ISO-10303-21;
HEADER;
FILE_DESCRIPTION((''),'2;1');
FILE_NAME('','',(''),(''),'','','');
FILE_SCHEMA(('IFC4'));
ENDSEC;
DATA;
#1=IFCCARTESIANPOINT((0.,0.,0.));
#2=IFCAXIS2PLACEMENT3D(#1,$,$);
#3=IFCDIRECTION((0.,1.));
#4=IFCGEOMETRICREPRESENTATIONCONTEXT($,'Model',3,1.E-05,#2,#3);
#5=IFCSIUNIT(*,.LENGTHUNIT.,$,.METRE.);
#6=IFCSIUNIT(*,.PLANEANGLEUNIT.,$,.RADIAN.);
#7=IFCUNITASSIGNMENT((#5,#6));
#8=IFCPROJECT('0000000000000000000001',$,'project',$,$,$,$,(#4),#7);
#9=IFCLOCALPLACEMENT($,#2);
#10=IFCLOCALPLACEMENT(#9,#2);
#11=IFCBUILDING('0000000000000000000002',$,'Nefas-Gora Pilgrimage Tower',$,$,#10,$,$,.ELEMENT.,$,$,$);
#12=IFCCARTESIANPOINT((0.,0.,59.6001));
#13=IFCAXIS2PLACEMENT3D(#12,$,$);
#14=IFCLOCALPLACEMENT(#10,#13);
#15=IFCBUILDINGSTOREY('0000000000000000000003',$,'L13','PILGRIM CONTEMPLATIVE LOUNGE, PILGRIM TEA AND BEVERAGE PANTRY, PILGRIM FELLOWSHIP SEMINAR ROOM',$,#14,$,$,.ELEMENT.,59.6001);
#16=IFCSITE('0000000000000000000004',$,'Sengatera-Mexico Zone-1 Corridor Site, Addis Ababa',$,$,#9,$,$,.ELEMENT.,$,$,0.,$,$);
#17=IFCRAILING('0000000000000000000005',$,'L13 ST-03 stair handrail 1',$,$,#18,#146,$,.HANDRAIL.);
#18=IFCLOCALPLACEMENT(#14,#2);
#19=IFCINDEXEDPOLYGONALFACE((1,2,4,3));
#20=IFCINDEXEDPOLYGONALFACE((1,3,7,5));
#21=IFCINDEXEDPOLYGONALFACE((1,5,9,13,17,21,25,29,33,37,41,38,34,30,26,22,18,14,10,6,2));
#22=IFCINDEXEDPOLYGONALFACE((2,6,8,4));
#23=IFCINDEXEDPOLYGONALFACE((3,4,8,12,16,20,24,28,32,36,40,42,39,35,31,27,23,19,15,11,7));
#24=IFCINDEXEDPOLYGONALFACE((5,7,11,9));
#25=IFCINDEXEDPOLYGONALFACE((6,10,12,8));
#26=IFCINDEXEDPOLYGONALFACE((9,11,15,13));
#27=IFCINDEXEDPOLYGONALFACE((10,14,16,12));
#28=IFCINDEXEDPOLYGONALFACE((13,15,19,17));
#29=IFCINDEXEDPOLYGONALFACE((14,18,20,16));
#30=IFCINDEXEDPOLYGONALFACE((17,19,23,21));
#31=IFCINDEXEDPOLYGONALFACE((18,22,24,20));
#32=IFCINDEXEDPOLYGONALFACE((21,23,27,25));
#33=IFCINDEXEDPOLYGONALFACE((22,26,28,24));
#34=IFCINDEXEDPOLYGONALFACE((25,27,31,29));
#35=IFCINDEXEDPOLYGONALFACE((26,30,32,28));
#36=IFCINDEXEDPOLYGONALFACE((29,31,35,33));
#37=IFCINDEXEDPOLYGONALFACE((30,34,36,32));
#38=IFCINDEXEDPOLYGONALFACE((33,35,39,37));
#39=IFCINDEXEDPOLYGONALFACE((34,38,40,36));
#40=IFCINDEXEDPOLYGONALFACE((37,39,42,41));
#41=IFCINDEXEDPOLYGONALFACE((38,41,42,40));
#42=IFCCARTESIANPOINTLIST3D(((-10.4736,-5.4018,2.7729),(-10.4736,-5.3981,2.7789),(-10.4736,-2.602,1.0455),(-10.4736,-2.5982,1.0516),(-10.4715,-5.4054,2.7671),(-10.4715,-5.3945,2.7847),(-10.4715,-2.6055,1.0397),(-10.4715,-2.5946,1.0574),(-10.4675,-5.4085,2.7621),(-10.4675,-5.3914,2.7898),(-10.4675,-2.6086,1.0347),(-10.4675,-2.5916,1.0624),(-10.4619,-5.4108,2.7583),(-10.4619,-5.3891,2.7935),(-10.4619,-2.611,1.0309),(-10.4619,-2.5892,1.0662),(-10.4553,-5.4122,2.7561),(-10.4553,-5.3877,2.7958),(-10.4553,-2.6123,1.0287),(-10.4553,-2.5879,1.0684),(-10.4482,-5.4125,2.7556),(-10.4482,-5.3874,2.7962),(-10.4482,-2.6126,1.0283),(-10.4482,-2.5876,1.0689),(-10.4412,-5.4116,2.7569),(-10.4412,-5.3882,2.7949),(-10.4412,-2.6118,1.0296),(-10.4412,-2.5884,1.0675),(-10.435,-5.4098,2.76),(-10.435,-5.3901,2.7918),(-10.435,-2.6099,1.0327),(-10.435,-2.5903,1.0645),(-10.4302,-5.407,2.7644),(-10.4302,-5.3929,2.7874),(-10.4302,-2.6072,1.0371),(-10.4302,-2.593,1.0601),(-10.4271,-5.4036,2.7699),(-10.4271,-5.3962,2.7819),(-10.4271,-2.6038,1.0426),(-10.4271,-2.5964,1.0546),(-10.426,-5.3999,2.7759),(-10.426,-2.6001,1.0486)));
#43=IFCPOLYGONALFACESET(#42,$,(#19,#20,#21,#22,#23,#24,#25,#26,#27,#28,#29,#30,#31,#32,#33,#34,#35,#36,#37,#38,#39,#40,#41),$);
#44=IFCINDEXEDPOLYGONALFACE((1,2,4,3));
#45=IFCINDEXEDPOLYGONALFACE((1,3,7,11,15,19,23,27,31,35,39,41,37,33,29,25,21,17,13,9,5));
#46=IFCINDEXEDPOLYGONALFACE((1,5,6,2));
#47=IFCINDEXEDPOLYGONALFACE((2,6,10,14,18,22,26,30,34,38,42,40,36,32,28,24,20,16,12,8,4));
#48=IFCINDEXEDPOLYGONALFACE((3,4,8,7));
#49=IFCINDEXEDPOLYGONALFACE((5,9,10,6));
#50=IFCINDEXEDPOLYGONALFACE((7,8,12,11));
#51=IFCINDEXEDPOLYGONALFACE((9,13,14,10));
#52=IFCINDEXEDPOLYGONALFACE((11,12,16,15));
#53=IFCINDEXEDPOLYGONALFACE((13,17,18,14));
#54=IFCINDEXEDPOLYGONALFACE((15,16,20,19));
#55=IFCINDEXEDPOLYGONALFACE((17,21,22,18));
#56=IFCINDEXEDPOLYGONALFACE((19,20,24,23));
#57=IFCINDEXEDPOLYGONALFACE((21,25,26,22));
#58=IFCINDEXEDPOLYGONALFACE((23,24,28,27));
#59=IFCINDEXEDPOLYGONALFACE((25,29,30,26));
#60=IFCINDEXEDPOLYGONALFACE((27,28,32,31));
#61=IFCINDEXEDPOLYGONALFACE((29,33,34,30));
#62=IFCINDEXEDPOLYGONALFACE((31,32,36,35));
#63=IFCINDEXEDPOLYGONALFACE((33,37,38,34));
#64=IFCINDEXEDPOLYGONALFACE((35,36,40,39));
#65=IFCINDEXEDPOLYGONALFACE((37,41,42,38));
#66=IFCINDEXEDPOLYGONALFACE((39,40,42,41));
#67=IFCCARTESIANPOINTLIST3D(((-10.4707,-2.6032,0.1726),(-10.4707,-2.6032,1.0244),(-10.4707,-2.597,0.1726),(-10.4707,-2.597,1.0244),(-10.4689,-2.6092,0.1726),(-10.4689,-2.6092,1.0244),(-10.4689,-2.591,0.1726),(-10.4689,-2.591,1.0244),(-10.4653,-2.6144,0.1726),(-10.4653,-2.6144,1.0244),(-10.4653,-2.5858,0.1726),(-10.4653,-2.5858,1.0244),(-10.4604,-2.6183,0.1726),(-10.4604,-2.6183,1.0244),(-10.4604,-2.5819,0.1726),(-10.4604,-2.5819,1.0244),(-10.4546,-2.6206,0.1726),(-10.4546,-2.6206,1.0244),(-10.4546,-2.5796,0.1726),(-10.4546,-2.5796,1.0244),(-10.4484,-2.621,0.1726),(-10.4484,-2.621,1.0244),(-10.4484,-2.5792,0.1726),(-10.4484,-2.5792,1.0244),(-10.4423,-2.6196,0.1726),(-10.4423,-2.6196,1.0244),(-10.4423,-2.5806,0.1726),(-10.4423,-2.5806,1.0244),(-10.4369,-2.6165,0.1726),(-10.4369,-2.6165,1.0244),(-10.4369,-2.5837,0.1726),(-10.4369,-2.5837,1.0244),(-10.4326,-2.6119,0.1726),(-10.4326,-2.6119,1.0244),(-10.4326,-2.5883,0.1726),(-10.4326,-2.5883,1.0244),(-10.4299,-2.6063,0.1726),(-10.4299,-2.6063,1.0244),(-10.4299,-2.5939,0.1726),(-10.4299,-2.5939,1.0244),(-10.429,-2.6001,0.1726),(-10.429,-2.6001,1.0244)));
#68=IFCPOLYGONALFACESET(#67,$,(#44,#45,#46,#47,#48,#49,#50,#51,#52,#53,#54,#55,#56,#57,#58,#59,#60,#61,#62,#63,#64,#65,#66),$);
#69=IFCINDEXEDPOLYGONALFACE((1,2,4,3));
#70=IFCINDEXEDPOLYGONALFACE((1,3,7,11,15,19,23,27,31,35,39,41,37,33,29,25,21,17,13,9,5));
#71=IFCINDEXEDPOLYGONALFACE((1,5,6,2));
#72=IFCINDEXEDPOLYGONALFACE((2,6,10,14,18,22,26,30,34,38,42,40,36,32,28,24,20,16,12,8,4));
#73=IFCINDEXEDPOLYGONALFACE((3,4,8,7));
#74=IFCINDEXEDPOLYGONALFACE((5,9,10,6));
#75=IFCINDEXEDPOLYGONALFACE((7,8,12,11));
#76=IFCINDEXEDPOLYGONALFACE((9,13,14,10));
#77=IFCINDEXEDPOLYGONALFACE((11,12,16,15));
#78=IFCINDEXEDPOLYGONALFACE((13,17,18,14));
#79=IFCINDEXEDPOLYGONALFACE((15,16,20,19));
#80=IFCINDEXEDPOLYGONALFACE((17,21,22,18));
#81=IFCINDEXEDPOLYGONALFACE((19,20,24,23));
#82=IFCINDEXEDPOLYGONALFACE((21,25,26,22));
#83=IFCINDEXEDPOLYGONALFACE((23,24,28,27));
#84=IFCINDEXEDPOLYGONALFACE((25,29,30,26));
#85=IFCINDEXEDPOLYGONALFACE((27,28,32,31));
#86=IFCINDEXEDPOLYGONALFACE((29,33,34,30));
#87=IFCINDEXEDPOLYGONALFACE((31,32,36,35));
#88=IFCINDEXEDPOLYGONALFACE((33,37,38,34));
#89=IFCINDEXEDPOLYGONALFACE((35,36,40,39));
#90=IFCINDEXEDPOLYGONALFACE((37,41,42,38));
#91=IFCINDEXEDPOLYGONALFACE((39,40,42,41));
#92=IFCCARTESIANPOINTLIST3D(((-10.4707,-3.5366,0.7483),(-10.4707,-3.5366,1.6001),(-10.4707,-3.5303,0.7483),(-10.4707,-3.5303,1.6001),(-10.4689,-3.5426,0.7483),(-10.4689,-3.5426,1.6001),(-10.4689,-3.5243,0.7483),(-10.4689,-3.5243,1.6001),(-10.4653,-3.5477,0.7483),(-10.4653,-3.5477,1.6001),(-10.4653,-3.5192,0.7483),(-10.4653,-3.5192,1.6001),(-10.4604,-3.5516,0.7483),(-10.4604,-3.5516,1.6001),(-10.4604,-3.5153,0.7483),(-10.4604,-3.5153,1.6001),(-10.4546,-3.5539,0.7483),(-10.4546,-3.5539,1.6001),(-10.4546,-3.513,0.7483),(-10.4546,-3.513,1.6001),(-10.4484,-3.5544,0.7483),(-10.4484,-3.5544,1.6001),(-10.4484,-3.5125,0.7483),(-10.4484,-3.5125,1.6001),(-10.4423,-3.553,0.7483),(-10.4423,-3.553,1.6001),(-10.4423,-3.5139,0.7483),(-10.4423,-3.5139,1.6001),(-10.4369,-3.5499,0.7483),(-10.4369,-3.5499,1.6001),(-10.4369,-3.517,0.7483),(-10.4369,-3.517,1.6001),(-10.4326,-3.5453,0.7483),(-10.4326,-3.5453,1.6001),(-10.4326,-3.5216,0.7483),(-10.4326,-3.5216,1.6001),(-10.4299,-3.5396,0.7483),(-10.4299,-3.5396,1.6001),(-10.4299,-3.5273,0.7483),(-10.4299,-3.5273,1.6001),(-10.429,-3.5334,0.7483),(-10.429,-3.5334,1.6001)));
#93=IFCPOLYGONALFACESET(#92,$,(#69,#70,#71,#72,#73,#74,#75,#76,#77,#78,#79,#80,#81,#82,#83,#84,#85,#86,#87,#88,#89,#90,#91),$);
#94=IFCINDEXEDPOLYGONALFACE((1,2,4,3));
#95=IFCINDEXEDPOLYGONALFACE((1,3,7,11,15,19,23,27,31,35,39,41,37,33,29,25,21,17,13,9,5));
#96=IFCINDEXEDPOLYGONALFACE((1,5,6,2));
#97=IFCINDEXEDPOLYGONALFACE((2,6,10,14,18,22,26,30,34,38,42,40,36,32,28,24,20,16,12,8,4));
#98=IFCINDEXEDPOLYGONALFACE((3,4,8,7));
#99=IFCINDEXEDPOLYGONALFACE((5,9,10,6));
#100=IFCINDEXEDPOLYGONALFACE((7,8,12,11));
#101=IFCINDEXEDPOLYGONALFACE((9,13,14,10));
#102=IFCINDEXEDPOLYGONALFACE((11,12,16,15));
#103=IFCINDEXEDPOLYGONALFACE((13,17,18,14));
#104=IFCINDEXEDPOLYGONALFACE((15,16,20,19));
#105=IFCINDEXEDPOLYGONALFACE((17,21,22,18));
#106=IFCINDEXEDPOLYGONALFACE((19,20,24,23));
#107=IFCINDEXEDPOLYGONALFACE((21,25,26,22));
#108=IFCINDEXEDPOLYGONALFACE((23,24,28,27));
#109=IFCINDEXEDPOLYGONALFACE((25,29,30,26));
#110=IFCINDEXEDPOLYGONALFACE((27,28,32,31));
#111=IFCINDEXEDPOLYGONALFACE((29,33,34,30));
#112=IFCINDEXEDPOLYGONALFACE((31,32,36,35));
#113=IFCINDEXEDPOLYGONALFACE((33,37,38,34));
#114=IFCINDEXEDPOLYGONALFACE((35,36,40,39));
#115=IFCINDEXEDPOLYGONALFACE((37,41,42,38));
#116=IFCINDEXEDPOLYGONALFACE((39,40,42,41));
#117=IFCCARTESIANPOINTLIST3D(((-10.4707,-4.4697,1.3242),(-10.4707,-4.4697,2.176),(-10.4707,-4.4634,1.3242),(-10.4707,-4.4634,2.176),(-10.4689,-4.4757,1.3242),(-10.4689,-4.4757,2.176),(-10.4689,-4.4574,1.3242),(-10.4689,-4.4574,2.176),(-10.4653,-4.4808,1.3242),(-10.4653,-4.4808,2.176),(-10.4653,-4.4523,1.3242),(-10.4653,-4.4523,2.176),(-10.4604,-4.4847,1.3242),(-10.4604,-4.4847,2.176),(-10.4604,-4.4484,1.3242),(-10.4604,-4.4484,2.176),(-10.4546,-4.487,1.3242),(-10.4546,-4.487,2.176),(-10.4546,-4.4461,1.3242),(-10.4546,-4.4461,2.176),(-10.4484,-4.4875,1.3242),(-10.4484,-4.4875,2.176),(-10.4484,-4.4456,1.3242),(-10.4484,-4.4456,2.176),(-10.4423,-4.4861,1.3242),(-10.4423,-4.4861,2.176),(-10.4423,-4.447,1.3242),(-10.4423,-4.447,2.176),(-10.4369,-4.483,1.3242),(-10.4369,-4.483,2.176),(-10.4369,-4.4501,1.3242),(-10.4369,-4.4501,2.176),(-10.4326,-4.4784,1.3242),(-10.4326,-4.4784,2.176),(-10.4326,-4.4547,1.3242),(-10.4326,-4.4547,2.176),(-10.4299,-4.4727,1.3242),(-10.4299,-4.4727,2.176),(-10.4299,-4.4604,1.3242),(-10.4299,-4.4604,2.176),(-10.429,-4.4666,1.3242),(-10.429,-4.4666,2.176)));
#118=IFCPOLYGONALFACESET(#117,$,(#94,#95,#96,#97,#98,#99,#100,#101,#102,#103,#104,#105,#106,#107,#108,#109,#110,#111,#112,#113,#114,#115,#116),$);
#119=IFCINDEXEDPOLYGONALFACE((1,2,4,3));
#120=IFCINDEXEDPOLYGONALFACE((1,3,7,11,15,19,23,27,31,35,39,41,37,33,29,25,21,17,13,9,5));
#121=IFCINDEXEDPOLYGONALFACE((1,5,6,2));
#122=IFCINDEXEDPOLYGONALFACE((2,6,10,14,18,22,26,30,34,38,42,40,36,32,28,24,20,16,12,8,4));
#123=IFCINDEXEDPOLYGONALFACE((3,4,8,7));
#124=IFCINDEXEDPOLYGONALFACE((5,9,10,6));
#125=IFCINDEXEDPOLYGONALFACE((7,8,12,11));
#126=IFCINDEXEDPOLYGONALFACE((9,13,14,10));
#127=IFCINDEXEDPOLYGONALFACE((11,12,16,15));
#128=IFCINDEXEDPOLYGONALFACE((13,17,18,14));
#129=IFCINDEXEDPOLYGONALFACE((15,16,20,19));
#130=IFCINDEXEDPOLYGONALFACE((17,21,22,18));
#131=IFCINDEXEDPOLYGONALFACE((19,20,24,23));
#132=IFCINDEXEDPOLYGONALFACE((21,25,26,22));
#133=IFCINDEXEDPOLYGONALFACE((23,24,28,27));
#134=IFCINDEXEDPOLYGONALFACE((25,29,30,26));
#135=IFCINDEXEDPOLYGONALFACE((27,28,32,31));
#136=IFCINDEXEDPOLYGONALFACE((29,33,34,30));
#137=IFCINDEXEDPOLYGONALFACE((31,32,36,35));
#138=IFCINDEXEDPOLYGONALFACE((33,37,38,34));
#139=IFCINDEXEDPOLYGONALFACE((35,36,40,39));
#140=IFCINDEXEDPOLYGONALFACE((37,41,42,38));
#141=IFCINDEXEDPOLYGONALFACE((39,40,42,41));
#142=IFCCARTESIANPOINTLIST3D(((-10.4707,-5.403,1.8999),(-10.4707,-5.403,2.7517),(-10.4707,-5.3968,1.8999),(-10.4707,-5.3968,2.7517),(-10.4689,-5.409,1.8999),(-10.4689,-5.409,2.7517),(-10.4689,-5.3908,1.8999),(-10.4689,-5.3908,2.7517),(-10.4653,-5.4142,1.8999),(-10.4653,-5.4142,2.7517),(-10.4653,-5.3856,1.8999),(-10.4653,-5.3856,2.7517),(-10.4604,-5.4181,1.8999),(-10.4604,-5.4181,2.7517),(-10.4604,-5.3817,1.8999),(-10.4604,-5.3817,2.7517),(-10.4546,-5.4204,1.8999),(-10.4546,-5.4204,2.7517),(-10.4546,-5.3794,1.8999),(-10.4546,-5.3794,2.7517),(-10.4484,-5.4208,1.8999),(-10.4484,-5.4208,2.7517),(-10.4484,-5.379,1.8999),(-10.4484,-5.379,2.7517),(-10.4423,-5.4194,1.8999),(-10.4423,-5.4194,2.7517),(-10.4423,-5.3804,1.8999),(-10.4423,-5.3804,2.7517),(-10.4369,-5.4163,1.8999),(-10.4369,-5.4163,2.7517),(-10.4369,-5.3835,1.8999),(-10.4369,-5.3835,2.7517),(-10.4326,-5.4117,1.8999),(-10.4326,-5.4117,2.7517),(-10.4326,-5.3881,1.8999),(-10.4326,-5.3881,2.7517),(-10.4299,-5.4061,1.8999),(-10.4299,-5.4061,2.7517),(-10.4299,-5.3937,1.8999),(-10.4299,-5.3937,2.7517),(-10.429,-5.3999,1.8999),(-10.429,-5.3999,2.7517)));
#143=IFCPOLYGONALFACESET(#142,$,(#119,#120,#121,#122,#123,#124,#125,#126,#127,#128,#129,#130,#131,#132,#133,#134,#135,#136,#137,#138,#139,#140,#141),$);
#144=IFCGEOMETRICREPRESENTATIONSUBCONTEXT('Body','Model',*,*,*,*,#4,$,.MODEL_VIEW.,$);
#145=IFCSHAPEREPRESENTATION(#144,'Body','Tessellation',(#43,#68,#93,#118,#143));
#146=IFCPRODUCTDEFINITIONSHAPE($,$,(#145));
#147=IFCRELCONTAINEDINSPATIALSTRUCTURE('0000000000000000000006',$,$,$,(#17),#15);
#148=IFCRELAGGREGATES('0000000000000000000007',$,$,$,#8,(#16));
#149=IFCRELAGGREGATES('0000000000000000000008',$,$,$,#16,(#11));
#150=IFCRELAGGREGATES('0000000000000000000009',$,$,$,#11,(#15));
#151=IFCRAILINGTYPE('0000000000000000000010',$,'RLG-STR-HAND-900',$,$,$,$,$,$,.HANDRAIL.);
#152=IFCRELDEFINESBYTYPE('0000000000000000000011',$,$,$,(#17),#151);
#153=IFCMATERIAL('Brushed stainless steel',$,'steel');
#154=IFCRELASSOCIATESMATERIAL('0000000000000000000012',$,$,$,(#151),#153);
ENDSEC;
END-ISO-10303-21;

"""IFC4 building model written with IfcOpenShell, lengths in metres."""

from ifc_helpers import new_model, si_unit, direction, frame, origin, origin_2d, place, context, subcontext, project, spatial, circle, extrude, material, type_object, element, save


model = new_model("IFC4")

# Units and contexts
model_context = context("Model", 3, precision=1e-05, world=origin(), true_north=direction((0.0, 1.0)))
body_context = subcontext(model_context, "Body", "Model", "MODEL_VIEW")
ifc_project = project(units=[si_unit("LENGTHUNIT", "METRE"), si_unit("PLANEANGLEUNIT", "RADIAN")], contexts=[model_context])

# Site, building, storey
site_placement = place(None, origin())
site = spatial("IfcSite", under=ifc_project, at=site_placement, Name="Sengatera-Mexico Zone-1 Corridor Site, Addis Ababa", CompositionType="ELEMENT", RefElevation=0.0)
building_placement = place(site_placement, origin())
building = spatial("IfcBuilding", under=site, at=building_placement, Name="Nefas-Gora Pilgrimage Tower", CompositionType="ELEMENT")
storey_placement = place(building_placement, frame((0.0, 0.0, 59.6001)))
storey = spatial("IfcBuildingStorey", under=building, at=storey_placement, Name="L13", Description="PILGRIM CONTEMPLATIVE LOUNGE, PILGRIM TEA AND BEVERAGE PANTRY, PILGRIM FELLOWSHIP SEMINAR ROOM", CompositionType="ELEMENT", Elevation=59.6001)

# Railing
ifc_material_1 = material(Name="Brushed stainless steel", Category="steel")
railing_type_1 = type_object("IfcRailingType", Name="RLG-STR-HAND-900", PredefinedType="HANDRAIL", material=ifc_material_1)
railing_1_placement = place(storey_placement, frame((-10.45, -2.6001, 0.1726)))
element("IfcRailing", 1, at=railing_1_placement, inside=storey, type_object=railing_type_1, Name="L13 ST-03 stair handrail 1", PredefinedType="HANDRAIL", context=body_context, shape_type="SweptSolid", body=[
    extrude(circle(Radius=0.0239, at=origin_2d()), frame((0.0, 0.0, 0.876), z_axis=(0.0, -0.851069, 0.525054), x_axis=(1.0, 0.0, 0.0)), (0.0, 0.0, 1.0), 3.2898),
    extrude(circle(Radius=0.021, at=origin_2d()), origin(), (0.0, 0.0, 1.0), 0.8518),
    extrude(circle(Radius=0.021, at=origin_2d()), frame((0.0, -0.9333, 0.5757)), (0.0, 0.0, 1.0), 0.8518),
    extrude(circle(Radius=0.021, at=origin_2d()), frame((0.0, -1.8665, 1.1516)), (0.0, 0.0, 1.0), 0.8518),
    extrude(circle(Radius=0.021, at=origin_2d()), frame((0.0, -2.7998, 1.7273)), (0.0, 0.0, 1.0), 0.8518),
])

save(model, "model.ifc")
